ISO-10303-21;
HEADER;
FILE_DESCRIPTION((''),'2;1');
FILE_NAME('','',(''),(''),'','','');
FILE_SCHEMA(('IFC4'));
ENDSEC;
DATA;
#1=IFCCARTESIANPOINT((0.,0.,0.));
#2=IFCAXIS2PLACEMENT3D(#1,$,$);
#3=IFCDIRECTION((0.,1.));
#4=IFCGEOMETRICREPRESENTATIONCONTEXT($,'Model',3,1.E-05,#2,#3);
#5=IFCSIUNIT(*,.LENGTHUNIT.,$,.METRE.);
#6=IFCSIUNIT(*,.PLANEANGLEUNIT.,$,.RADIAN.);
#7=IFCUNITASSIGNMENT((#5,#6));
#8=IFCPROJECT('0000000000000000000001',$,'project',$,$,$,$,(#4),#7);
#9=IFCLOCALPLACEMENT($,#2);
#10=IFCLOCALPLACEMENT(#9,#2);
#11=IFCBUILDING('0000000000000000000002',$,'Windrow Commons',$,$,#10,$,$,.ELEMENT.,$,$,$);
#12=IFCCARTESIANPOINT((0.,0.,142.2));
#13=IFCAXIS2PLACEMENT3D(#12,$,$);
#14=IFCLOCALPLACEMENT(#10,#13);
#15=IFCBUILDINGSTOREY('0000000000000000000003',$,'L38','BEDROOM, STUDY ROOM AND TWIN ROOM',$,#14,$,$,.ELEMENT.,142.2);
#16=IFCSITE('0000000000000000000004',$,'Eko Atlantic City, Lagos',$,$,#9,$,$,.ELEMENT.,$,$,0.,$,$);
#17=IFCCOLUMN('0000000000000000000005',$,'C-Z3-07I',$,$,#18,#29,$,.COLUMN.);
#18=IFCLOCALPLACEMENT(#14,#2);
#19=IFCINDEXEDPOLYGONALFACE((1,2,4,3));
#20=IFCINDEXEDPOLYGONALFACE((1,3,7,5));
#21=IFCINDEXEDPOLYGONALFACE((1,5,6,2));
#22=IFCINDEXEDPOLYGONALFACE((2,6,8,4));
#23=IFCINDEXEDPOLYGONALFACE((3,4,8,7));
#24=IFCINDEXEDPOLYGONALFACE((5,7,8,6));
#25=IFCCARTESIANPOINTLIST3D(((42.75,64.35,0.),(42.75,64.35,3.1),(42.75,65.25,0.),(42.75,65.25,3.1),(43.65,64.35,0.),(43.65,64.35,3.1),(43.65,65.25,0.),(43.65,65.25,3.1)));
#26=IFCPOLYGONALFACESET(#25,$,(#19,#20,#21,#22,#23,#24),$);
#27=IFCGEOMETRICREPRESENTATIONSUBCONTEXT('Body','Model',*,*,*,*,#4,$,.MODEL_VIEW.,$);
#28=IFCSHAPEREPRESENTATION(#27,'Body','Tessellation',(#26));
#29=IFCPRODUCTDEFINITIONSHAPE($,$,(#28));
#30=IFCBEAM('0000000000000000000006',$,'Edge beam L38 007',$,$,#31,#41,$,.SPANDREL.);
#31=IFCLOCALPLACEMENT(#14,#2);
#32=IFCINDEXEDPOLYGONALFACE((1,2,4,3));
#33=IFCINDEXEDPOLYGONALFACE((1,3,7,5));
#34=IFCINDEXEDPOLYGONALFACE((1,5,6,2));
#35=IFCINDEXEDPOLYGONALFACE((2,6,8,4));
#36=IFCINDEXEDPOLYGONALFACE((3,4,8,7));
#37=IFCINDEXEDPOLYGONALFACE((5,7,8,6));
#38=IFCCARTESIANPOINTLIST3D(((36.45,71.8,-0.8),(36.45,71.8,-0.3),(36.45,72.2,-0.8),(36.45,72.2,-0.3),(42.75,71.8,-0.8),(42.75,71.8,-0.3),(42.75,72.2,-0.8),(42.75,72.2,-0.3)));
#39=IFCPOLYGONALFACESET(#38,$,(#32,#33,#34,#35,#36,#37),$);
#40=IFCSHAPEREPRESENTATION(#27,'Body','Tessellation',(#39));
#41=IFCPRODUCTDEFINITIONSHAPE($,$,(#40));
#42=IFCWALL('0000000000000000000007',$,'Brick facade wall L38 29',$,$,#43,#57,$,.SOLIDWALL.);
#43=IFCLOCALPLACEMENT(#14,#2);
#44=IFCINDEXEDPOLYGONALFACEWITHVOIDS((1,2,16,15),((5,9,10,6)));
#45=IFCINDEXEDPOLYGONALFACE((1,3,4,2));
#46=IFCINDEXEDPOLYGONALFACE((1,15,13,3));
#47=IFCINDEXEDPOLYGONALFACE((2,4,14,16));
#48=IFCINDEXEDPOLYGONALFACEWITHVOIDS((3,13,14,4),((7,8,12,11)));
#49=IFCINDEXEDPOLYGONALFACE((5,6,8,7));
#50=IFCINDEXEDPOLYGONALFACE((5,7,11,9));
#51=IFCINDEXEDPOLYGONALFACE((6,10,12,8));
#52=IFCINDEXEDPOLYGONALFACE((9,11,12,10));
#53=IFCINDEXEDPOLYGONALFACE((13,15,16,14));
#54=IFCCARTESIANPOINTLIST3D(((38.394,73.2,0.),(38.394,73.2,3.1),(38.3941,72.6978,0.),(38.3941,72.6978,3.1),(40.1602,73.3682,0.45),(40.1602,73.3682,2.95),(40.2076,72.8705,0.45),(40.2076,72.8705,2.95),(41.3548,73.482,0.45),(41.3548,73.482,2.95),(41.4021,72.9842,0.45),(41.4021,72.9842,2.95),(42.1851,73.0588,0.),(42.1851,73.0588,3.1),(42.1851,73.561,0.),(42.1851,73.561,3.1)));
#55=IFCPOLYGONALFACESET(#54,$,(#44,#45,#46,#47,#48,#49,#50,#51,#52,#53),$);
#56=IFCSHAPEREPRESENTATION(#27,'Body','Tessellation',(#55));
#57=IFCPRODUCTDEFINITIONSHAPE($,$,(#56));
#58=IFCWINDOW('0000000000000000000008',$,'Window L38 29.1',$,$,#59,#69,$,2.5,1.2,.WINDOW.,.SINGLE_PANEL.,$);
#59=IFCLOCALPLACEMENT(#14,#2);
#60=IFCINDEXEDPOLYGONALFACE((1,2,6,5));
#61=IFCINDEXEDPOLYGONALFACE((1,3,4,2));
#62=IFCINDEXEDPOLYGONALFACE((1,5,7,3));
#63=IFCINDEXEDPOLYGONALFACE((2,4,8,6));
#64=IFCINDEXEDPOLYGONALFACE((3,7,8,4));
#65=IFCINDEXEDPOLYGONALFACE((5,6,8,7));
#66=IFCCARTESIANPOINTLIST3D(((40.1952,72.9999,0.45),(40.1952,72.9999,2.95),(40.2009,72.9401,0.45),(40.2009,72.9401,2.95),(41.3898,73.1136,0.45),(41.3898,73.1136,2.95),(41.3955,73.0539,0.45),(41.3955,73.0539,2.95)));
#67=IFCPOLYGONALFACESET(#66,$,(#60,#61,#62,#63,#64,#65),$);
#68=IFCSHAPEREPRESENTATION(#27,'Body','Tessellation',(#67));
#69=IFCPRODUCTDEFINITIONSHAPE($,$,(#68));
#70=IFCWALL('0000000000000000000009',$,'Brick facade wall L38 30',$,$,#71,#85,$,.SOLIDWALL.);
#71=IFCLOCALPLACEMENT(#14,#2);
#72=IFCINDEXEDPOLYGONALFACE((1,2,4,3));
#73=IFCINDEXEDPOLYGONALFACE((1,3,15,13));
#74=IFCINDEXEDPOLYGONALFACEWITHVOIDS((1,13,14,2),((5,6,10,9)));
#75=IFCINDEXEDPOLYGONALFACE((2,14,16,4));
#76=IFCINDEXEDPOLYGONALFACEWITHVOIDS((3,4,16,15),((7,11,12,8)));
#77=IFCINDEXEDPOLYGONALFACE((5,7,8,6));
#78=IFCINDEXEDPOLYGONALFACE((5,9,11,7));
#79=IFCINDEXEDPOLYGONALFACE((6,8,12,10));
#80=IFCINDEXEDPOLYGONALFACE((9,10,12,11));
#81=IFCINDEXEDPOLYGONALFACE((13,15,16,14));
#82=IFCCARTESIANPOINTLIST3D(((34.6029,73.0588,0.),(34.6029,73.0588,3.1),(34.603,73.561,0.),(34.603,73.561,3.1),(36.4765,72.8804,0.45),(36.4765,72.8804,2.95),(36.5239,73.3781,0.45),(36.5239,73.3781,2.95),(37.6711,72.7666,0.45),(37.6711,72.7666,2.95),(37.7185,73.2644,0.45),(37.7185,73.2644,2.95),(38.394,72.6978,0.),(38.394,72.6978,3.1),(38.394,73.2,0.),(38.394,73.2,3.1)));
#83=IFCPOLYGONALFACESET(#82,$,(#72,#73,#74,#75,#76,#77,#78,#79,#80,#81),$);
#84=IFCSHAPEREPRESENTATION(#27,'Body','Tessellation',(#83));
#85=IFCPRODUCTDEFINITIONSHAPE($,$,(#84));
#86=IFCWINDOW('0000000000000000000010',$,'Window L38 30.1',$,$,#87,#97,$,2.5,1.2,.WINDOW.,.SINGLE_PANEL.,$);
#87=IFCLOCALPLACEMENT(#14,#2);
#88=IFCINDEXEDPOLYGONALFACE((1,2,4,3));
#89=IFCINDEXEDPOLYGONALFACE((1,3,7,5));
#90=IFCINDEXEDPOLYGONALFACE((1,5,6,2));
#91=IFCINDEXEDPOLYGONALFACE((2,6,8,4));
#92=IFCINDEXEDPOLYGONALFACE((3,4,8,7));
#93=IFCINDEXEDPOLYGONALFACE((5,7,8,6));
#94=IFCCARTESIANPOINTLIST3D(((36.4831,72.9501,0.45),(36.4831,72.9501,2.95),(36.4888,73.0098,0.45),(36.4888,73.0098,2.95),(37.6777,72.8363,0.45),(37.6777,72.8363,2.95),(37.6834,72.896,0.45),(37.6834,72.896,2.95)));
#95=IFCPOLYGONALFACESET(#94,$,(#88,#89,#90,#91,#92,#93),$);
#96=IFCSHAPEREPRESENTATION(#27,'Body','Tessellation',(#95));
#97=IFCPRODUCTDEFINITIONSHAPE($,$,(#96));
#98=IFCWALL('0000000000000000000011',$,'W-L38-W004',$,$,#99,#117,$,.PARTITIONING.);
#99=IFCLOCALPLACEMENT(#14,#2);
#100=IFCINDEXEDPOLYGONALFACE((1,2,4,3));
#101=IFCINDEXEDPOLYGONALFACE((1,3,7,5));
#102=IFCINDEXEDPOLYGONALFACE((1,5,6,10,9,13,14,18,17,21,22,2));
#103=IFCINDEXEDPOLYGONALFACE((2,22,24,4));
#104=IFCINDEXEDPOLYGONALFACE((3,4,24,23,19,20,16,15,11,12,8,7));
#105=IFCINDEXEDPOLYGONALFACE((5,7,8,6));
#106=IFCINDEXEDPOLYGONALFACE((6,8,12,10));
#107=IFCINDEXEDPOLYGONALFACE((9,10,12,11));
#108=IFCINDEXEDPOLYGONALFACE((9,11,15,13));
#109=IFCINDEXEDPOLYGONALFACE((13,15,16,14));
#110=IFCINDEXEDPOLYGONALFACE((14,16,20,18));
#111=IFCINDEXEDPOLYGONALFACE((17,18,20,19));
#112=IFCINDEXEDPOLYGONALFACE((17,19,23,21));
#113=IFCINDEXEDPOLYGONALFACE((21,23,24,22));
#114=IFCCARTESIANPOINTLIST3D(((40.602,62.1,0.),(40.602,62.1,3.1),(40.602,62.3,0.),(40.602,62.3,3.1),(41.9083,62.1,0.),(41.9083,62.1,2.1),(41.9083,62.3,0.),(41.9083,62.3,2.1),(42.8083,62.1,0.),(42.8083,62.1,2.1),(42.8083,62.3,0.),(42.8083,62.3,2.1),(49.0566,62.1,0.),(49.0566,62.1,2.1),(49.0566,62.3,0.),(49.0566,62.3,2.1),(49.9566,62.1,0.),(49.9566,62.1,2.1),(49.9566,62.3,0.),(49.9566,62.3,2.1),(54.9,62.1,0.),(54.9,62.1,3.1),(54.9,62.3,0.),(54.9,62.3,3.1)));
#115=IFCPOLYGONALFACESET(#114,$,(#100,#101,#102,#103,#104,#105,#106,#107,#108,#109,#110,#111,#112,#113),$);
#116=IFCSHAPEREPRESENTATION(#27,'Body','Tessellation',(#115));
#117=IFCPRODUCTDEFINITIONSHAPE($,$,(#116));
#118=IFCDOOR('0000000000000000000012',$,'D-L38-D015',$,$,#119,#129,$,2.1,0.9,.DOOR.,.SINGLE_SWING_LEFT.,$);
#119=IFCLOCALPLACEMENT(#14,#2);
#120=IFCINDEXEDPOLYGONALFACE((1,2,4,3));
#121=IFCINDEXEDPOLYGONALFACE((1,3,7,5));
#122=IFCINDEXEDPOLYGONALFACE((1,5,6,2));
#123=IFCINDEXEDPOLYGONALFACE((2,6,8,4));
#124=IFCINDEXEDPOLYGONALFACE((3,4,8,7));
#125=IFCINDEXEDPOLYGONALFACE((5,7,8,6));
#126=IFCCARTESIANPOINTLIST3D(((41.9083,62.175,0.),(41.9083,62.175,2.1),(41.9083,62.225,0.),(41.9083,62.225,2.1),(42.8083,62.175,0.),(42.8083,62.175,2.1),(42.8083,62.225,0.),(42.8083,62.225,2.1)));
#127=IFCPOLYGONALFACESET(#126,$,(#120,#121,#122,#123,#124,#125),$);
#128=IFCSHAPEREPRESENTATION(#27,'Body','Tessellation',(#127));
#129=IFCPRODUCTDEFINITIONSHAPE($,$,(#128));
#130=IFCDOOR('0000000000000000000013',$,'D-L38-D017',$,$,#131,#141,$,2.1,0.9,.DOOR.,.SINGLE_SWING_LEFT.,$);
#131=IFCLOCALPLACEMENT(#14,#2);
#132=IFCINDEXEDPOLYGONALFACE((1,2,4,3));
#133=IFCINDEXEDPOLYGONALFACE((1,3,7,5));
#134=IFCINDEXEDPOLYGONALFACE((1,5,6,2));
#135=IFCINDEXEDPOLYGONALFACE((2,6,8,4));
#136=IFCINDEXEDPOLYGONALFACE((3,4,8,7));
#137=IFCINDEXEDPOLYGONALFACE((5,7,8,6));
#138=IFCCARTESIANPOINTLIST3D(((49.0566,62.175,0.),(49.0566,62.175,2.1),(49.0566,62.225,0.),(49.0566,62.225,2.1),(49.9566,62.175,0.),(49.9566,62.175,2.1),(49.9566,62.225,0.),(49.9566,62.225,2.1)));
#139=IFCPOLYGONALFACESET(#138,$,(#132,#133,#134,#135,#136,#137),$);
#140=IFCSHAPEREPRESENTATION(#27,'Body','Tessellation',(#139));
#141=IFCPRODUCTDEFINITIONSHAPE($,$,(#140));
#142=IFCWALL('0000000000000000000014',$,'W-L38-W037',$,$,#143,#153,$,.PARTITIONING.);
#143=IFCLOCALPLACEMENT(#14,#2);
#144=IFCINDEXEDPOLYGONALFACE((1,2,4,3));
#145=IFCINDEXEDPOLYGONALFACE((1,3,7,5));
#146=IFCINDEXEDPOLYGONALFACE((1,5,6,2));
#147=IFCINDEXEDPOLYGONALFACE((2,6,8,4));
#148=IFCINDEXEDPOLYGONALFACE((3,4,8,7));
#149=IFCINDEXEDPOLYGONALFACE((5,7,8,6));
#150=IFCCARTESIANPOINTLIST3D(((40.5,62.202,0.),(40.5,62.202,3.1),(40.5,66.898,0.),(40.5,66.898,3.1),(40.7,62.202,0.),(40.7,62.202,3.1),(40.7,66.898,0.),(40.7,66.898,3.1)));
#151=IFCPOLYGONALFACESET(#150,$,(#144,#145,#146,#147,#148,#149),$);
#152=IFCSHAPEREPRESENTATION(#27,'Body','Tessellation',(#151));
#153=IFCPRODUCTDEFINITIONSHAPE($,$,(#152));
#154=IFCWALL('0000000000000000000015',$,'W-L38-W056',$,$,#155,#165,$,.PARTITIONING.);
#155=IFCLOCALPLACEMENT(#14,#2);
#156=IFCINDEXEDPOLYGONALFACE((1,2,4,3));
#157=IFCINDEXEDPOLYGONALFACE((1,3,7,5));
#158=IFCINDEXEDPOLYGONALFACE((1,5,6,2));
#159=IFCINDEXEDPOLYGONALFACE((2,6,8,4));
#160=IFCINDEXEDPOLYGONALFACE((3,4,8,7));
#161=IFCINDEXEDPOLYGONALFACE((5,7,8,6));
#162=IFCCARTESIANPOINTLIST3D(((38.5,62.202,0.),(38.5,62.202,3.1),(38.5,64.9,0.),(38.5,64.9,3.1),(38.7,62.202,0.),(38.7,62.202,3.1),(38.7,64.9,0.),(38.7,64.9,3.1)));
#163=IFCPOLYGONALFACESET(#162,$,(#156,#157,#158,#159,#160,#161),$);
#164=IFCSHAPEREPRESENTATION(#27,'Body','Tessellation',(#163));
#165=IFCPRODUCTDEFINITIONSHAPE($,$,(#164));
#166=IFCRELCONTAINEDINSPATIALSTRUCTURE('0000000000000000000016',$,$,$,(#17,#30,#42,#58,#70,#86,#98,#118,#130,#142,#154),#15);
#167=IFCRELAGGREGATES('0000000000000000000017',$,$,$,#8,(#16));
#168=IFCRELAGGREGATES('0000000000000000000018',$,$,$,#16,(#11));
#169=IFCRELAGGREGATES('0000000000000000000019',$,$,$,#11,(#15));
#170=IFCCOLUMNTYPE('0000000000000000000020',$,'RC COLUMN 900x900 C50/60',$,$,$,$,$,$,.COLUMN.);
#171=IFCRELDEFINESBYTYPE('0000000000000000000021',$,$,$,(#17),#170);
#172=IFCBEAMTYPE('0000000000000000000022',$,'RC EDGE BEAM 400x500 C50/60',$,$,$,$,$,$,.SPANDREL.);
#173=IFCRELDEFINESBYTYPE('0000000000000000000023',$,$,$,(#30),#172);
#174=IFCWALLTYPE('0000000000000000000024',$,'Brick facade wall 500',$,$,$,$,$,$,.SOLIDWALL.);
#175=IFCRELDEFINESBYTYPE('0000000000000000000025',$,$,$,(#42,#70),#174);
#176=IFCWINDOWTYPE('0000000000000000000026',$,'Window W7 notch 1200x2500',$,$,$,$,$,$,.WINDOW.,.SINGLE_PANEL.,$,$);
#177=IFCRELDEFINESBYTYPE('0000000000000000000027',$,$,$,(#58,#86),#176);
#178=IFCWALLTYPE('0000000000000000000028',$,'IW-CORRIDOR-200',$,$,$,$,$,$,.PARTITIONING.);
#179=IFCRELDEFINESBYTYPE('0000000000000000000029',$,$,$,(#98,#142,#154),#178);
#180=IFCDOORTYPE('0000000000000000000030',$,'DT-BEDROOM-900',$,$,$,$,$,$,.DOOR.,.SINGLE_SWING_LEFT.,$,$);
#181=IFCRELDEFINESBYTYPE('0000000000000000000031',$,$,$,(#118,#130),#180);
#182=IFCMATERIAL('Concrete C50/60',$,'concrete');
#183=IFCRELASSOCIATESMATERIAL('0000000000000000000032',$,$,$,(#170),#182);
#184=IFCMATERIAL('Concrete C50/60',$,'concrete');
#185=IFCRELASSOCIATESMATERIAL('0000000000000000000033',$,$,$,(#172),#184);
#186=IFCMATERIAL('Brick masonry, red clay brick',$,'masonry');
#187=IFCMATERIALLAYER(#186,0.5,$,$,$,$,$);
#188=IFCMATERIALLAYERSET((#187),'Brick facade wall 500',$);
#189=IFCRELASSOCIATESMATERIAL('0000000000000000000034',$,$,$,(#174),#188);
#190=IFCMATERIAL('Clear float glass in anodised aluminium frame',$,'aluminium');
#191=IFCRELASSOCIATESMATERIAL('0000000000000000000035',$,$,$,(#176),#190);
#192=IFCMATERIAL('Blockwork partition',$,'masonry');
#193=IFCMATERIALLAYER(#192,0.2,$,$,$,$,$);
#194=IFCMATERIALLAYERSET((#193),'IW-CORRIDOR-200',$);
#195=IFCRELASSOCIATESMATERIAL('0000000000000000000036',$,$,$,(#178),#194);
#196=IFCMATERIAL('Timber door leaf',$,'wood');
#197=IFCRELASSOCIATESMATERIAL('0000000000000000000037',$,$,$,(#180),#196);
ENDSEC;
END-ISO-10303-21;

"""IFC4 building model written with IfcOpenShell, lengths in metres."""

from ifc_helpers import new_model, si_unit, direction, frame, frame_2d, origin, origin_2d, place, context, subcontext, project, spatial, polyline, rectangle, outline, extrude, material, layer, layer_set, material_profile, profile_set, type_object, element, fill, save


model = new_model("IFC4")

# Units and contexts
model_context = context("Model", 3, precision=1e-05, world=origin(), true_north=direction((0.0, 1.0)))
body_context = subcontext(model_context, "Body", "Model", "MODEL_VIEW")
ifc_project = project(units=[si_unit("LENGTHUNIT", "METRE"), si_unit("PLANEANGLEUNIT", "RADIAN")], contexts=[model_context])

# Site, building, storey
site_placement = place(None, origin())
site = spatial("IfcSite", under=ifc_project, at=site_placement, Name="Eko Atlantic City, Lagos", CompositionType="ELEMENT", RefElevation=0.0)
building_placement = place(site_placement, origin())
building = spatial("IfcBuilding", under=site, at=building_placement, Name="Windrow Commons", CompositionType="ELEMENT")
storey_placement = place(building_placement, frame((0.0, 0.0, 142.2)))
storey = spatial("IfcBuildingStorey", under=building, at=storey_placement, Name="L38", Description="BEDROOM, STUDY ROOM AND TWIN ROOM", CompositionType="ELEMENT", Elevation=142.2)

# Column
ifc_material_1 = material(Name="Concrete C50/60", Category="concrete")
ifc_material_profile_1 = material_profile(ifc_material_1, rectangle(XDim=0.9, YDim=0.9, at=origin_2d()))
ifc_profile_set_1 = profile_set([ifc_material_profile_1], Name="Concrete C50/60")
column_type = type_object("IfcColumnType", Name="RC COLUMN 900x900 C50/60", PredefinedType="COLUMN", material=ifc_profile_set_1)
column_placement = place(storey_placement, frame((43.2, 64.8, 0.0), z_axis=(0.0, 0.0, 1.0), x_axis=(1.0, 0.0, 0.0)))
element("IfcColumn", 1, at=column_placement, inside=storey, type_object=column_type, Name="C-Z3-07I", PredefinedType="COLUMN", context=body_context, shape_type="SweptSolid", body=[
    extrude(rectangle(XDim=0.9, YDim=0.9, at=origin_2d()), origin(), (0.0, 0.0, 1.0), 3.1),
])

# Beam
ifc_material_2 = material(Name="Concrete C50/60", Category="concrete")
ifc_material_profile_2 = material_profile(ifc_material_2, rectangle(XDim=0.4, YDim=0.5, at=origin_2d()))
ifc_profile_set_2 = profile_set([ifc_material_profile_2], Name="Concrete C50/60")
beam_type = type_object("IfcBeamType", Name="RC EDGE BEAM 400x500 C50/60", PredefinedType="SPANDREL", material=ifc_profile_set_2)
beam_placement = place(storey_placement, frame((36.45, 72.0, -0.55), z_axis=(1.0, 0.0, 0.0), x_axis=(0.0, 1.0, 0.0)))
element("IfcBeam", 2, at=beam_placement, inside=storey, type_object=beam_type, Name="Edge beam L38 007", PredefinedType="SPANDREL", context=body_context, shape_type="SweptSolid", body=[
    extrude(rectangle(XDim=0.4, YDim=0.5, at=origin_2d()), origin(), (0.0, 0.0, 1.0), 6.3),
])

# Walls, openings, windows
ifc_material_3 = material(Name="Brick masonry, red clay brick", Category="masonry")
ifc_layer_1 = layer(ifc_material_3, 0.5)
ifc_layer_set_1 = layer_set([ifc_layer_1], Name="Brick facade wall 500")
wall_type_1 = type_object("IfcWallType", Name="Brick facade wall 500", PredefinedType="SOLIDWALL", material=ifc_layer_set_1)
wall_1_placement = place(storey_placement, frame((42.1851, 73.3099, 0.0), z_axis=(0.0, 0.0, 1.0), x_axis=(-0.995497, -0.094794, 0.0)))
wall_1 = element("IfcWall", 3, at=wall_1_placement, inside=storey, type_object=wall_type_1, Name="Brick facade wall L38 29", PredefinedType="SOLIDWALL", context=body_context, shape_type="SweptSolid", body=[
    extrude(outline(polyline([(-0.0238, -0.25), (3.7844, -0.25), (3.832, 0.25), (0.0238, 0.25), (-0.0238, -0.25)])), origin(), (0.0, 0.0, 1.0), 3.1),
])
opening_1_placement = place(wall_1_placement, frame((0.8103, 0.0, 0.45)))
opening_1 = element("IfcOpeningElement", 4, at=opening_1_placement, cuts=wall_1, PredefinedType="OPENING", context=body_context, shape_type="SweptSolid", body=[
    extrude(rectangle(XDim=1.2, YDim=2.5, at=frame_2d((0.6, 1.25))), frame((0.0, 0.26, 0.0), z_axis=(0.0, -1.0, 0.0), x_axis=(1.0, 0.0, 0.0)), (0.0, 0.0, 1.0), 0.52),
])
ifc_material_4 = material(Name="Clear float glass in anodised aluminium frame", Category="aluminium")
window_type = type_object("IfcWindowType", Name="Window W7 notch 1200x2500", PartitioningType="SINGLE_PANEL", PredefinedType="WINDOW", material=ifc_material_4)
window_1_placement = place(opening_1_placement, origin())
window_1 = element("IfcWindow", 5, at=window_1_placement, inside=storey, type_object=window_type, Name="Window L38 29.1", OverallHeight=2.5, OverallWidth=1.2, PartitioningType="SINGLE_PANEL", PredefinedType="WINDOW", context=body_context, shape_type="SweptSolid", body=[
    extrude(rectangle(XDim=1.2, YDim=2.5, at=frame_2d((0.6, 1.25))), frame((0.0, 0.18, 0.0), z_axis=(0.0, -1.0, 0.0), x_axis=(1.0, 0.0, 0.0)), (0.0, 0.0, 1.0), 0.06),
])
fill(opening_1, window_1)
wall_2_placement = place(storey_placement, frame((38.394, 72.9489, 0.0), z_axis=(0.0, 0.0, 1.0), x_axis=(-0.995497, 0.094797, 0.0)))
wall_2 = element("IfcWall", 6, at=wall_2_placement, inside=storey, type_object=wall_type_1, Name="Brick facade wall L38 30", PredefinedType="SOLIDWALL", context=body_context, shape_type="SweptSolid", body=[
    extrude(outline(polyline([(0.0238, -0.25), (3.832, -0.25), (3.7844, 0.25), (-0.0238, 0.25), (0.0238, -0.25)])), origin(), (0.0, 0.0, 1.0), 3.1),
])
opening_2_placement = place(wall_2_placement, frame((0.7024, 0.0, 0.45)))
opening_2 = element("IfcOpeningElement", 7, at=opening_2_placement, cuts=wall_2, PredefinedType="OPENING", context=body_context, shape_type="SweptSolid", body=[
    extrude(rectangle(XDim=1.2, YDim=2.5, at=frame_2d((0.6, 1.25))), frame((0.0, 0.26, 0.0), z_axis=(0.0, -1.0, 0.0), x_axis=(1.0, 0.0, 0.0)), (0.0, 0.0, 1.0), 0.52),
])
window_2_placement = place(opening_2_placement, origin())
window_2 = element("IfcWindow", 8, at=window_2_placement, inside=storey, type_object=window_type, Name="Window L38 30.1", OverallHeight=2.5, OverallWidth=1.2, PartitioningType="SINGLE_PANEL", PredefinedType="WINDOW", context=body_context, shape_type="SweptSolid", body=[
    extrude(rectangle(XDim=1.2, YDim=2.5, at=frame_2d((0.6, 1.25))), frame((0.0, 0.18, 0.0), z_axis=(0.0, -1.0, 0.0), x_axis=(1.0, 0.0, 0.0)), (0.0, 0.0, 1.0), 0.06),
])
fill(opening_2, window_2)

# Wall, openings, doors
ifc_material_5 = material(Name="Blockwork partition", Category="masonry")
ifc_layer_2 = layer(ifc_material_5, 0.2)
ifc_layer_set_2 = layer_set([ifc_layer_2], Name="IW-CORRIDOR-200")
wall_type_2 = type_object("IfcWallType", Name="IW-CORRIDOR-200", PredefinedType="PARTITIONING", material=ifc_layer_set_2)
wall_3_placement = place(storey_placement, frame((40.602, 62.2, 0.0), z_axis=(0.0, 0.0, 1.0), x_axis=(1.0, 0.0, 0.0)))
wall_3 = element("IfcWall", 9, at=wall_3_placement, inside=storey, type_object=wall_type_2, Name="W-L38-W004", PredefinedType="PARTITIONING", context=body_context, shape_type="SweptSolid", body=[
    extrude(rectangle(XDim=14.298, YDim=0.2, at=frame_2d((7.149, 0.0))), origin(), (0.0, 0.0, 1.0), 3.1),
])
opening_3_placement = place(wall_3_placement, frame((1.3063, 0.0, 0.0)))
opening_3 = element("IfcOpeningElement", 10, at=opening_3_placement, cuts=wall_3, PredefinedType="OPENING", context=body_context, shape_type="SweptSolid", body=[
    extrude(rectangle(XDim=0.9, YDim=2.1, at=frame_2d((0.45, 1.05))), frame((0.0, 0.11, 0.0), z_axis=(0.0, -1.0, 0.0), x_axis=(1.0, 0.0, 0.0)), (0.0, 0.0, 1.0), 0.22),
])
opening_4_placement = place(wall_3_placement, frame((8.4546, 0.0, 0.0)))
opening_4 = element("IfcOpeningElement", 11, at=opening_4_placement, cuts=wall_3, PredefinedType="OPENING", context=body_context, shape_type="SweptSolid", body=[
    extrude(rectangle(XDim=0.9, YDim=2.1, at=frame_2d((0.45, 1.05))), frame((0.0, 0.11, 0.0), z_axis=(0.0, -1.0, 0.0), x_axis=(1.0, 0.0, 0.0)), (0.0, 0.0, 1.0), 0.22),
])
ifc_material_6 = material(Name="Timber door leaf", Category="wood")
door_type_1 = type_object("IfcDoorType", Name="DT-BEDROOM-900", OperationType="SINGLE_SWING_LEFT", PredefinedType="DOOR", material=ifc_material_6)
door_1_placement = place(opening_3_placement, origin())
door_1 = element("IfcDoor", 12, at=door_1_placement, inside=storey, type_object=door_type_1, Name="D-L38-D015", OperationType="SINGLE_SWING_LEFT", OverallHeight=2.1, OverallWidth=0.9, PredefinedType="DOOR", context=body_context, shape_type="SweptSolid", body=[
    extrude(rectangle(XDim=0.9, YDim=2.1, at=frame_2d((0.45, 1.05))), frame((0.0, 0.025, 0.0), z_axis=(0.0, -1.0, 0.0), x_axis=(1.0, 0.0, 0.0)), (0.0, 0.0, 1.0), 0.05),
])
fill(opening_3, door_1)
door_2_placement = place(opening_4_placement, origin())
door_2 = element("IfcDoor", 13, at=door_2_placement, inside=storey, type_object=door_type_1, Name="D-L38-D017", OperationType="SINGLE_SWING_LEFT", OverallHeight=2.1, OverallWidth=0.9, PredefinedType="DOOR", context=body_context, shape_type="SweptSolid", body=[
    extrude(rectangle(XDim=0.9, YDim=2.1, at=frame_2d((0.45, 1.05))), frame((0.0, 0.025, 0.0), z_axis=(0.0, -1.0, 0.0), x_axis=(1.0, 0.0, 0.0)), (0.0, 0.0, 1.0), 0.05),
])
fill(opening_4, door_2)

# Walls
wall_4_placement = place(storey_placement, frame((40.6, 62.202, 0.0), z_axis=(0.0, 0.0, 1.0), x_axis=(0.0, 1.0, 0.0)))
element("IfcWall", 14, at=wall_4_placement, inside=storey, type_object=wall_type_2, Name="W-L38-W037", PredefinedType="PARTITIONING", context=body_context, shape_type="SweptSolid", body=[
    extrude(rectangle(XDim=4.696, YDim=0.2, at=frame_2d((2.348, 0.0))), origin(), (0.0, 0.0, 1.0), 3.1),
])
wall_5_placement = place(storey_placement, frame((38.6, 62.202, 0.0), z_axis=(0.0, 0.0, 1.0), x_axis=(0.0, 1.0, 0.0)))
element("IfcWall", 15, at=wall_5_placement, inside=storey, type_object=wall_type_2, Name="W-L38-W056", PredefinedType="PARTITIONING", context=body_context, shape_type="SweptSolid", body=[
    extrude(rectangle(XDim=2.698, YDim=0.2, at=frame_2d((1.349, 0.0))), origin(), (0.0, 0.0, 1.0), 3.1),
])

save(model, "model.ifc")
